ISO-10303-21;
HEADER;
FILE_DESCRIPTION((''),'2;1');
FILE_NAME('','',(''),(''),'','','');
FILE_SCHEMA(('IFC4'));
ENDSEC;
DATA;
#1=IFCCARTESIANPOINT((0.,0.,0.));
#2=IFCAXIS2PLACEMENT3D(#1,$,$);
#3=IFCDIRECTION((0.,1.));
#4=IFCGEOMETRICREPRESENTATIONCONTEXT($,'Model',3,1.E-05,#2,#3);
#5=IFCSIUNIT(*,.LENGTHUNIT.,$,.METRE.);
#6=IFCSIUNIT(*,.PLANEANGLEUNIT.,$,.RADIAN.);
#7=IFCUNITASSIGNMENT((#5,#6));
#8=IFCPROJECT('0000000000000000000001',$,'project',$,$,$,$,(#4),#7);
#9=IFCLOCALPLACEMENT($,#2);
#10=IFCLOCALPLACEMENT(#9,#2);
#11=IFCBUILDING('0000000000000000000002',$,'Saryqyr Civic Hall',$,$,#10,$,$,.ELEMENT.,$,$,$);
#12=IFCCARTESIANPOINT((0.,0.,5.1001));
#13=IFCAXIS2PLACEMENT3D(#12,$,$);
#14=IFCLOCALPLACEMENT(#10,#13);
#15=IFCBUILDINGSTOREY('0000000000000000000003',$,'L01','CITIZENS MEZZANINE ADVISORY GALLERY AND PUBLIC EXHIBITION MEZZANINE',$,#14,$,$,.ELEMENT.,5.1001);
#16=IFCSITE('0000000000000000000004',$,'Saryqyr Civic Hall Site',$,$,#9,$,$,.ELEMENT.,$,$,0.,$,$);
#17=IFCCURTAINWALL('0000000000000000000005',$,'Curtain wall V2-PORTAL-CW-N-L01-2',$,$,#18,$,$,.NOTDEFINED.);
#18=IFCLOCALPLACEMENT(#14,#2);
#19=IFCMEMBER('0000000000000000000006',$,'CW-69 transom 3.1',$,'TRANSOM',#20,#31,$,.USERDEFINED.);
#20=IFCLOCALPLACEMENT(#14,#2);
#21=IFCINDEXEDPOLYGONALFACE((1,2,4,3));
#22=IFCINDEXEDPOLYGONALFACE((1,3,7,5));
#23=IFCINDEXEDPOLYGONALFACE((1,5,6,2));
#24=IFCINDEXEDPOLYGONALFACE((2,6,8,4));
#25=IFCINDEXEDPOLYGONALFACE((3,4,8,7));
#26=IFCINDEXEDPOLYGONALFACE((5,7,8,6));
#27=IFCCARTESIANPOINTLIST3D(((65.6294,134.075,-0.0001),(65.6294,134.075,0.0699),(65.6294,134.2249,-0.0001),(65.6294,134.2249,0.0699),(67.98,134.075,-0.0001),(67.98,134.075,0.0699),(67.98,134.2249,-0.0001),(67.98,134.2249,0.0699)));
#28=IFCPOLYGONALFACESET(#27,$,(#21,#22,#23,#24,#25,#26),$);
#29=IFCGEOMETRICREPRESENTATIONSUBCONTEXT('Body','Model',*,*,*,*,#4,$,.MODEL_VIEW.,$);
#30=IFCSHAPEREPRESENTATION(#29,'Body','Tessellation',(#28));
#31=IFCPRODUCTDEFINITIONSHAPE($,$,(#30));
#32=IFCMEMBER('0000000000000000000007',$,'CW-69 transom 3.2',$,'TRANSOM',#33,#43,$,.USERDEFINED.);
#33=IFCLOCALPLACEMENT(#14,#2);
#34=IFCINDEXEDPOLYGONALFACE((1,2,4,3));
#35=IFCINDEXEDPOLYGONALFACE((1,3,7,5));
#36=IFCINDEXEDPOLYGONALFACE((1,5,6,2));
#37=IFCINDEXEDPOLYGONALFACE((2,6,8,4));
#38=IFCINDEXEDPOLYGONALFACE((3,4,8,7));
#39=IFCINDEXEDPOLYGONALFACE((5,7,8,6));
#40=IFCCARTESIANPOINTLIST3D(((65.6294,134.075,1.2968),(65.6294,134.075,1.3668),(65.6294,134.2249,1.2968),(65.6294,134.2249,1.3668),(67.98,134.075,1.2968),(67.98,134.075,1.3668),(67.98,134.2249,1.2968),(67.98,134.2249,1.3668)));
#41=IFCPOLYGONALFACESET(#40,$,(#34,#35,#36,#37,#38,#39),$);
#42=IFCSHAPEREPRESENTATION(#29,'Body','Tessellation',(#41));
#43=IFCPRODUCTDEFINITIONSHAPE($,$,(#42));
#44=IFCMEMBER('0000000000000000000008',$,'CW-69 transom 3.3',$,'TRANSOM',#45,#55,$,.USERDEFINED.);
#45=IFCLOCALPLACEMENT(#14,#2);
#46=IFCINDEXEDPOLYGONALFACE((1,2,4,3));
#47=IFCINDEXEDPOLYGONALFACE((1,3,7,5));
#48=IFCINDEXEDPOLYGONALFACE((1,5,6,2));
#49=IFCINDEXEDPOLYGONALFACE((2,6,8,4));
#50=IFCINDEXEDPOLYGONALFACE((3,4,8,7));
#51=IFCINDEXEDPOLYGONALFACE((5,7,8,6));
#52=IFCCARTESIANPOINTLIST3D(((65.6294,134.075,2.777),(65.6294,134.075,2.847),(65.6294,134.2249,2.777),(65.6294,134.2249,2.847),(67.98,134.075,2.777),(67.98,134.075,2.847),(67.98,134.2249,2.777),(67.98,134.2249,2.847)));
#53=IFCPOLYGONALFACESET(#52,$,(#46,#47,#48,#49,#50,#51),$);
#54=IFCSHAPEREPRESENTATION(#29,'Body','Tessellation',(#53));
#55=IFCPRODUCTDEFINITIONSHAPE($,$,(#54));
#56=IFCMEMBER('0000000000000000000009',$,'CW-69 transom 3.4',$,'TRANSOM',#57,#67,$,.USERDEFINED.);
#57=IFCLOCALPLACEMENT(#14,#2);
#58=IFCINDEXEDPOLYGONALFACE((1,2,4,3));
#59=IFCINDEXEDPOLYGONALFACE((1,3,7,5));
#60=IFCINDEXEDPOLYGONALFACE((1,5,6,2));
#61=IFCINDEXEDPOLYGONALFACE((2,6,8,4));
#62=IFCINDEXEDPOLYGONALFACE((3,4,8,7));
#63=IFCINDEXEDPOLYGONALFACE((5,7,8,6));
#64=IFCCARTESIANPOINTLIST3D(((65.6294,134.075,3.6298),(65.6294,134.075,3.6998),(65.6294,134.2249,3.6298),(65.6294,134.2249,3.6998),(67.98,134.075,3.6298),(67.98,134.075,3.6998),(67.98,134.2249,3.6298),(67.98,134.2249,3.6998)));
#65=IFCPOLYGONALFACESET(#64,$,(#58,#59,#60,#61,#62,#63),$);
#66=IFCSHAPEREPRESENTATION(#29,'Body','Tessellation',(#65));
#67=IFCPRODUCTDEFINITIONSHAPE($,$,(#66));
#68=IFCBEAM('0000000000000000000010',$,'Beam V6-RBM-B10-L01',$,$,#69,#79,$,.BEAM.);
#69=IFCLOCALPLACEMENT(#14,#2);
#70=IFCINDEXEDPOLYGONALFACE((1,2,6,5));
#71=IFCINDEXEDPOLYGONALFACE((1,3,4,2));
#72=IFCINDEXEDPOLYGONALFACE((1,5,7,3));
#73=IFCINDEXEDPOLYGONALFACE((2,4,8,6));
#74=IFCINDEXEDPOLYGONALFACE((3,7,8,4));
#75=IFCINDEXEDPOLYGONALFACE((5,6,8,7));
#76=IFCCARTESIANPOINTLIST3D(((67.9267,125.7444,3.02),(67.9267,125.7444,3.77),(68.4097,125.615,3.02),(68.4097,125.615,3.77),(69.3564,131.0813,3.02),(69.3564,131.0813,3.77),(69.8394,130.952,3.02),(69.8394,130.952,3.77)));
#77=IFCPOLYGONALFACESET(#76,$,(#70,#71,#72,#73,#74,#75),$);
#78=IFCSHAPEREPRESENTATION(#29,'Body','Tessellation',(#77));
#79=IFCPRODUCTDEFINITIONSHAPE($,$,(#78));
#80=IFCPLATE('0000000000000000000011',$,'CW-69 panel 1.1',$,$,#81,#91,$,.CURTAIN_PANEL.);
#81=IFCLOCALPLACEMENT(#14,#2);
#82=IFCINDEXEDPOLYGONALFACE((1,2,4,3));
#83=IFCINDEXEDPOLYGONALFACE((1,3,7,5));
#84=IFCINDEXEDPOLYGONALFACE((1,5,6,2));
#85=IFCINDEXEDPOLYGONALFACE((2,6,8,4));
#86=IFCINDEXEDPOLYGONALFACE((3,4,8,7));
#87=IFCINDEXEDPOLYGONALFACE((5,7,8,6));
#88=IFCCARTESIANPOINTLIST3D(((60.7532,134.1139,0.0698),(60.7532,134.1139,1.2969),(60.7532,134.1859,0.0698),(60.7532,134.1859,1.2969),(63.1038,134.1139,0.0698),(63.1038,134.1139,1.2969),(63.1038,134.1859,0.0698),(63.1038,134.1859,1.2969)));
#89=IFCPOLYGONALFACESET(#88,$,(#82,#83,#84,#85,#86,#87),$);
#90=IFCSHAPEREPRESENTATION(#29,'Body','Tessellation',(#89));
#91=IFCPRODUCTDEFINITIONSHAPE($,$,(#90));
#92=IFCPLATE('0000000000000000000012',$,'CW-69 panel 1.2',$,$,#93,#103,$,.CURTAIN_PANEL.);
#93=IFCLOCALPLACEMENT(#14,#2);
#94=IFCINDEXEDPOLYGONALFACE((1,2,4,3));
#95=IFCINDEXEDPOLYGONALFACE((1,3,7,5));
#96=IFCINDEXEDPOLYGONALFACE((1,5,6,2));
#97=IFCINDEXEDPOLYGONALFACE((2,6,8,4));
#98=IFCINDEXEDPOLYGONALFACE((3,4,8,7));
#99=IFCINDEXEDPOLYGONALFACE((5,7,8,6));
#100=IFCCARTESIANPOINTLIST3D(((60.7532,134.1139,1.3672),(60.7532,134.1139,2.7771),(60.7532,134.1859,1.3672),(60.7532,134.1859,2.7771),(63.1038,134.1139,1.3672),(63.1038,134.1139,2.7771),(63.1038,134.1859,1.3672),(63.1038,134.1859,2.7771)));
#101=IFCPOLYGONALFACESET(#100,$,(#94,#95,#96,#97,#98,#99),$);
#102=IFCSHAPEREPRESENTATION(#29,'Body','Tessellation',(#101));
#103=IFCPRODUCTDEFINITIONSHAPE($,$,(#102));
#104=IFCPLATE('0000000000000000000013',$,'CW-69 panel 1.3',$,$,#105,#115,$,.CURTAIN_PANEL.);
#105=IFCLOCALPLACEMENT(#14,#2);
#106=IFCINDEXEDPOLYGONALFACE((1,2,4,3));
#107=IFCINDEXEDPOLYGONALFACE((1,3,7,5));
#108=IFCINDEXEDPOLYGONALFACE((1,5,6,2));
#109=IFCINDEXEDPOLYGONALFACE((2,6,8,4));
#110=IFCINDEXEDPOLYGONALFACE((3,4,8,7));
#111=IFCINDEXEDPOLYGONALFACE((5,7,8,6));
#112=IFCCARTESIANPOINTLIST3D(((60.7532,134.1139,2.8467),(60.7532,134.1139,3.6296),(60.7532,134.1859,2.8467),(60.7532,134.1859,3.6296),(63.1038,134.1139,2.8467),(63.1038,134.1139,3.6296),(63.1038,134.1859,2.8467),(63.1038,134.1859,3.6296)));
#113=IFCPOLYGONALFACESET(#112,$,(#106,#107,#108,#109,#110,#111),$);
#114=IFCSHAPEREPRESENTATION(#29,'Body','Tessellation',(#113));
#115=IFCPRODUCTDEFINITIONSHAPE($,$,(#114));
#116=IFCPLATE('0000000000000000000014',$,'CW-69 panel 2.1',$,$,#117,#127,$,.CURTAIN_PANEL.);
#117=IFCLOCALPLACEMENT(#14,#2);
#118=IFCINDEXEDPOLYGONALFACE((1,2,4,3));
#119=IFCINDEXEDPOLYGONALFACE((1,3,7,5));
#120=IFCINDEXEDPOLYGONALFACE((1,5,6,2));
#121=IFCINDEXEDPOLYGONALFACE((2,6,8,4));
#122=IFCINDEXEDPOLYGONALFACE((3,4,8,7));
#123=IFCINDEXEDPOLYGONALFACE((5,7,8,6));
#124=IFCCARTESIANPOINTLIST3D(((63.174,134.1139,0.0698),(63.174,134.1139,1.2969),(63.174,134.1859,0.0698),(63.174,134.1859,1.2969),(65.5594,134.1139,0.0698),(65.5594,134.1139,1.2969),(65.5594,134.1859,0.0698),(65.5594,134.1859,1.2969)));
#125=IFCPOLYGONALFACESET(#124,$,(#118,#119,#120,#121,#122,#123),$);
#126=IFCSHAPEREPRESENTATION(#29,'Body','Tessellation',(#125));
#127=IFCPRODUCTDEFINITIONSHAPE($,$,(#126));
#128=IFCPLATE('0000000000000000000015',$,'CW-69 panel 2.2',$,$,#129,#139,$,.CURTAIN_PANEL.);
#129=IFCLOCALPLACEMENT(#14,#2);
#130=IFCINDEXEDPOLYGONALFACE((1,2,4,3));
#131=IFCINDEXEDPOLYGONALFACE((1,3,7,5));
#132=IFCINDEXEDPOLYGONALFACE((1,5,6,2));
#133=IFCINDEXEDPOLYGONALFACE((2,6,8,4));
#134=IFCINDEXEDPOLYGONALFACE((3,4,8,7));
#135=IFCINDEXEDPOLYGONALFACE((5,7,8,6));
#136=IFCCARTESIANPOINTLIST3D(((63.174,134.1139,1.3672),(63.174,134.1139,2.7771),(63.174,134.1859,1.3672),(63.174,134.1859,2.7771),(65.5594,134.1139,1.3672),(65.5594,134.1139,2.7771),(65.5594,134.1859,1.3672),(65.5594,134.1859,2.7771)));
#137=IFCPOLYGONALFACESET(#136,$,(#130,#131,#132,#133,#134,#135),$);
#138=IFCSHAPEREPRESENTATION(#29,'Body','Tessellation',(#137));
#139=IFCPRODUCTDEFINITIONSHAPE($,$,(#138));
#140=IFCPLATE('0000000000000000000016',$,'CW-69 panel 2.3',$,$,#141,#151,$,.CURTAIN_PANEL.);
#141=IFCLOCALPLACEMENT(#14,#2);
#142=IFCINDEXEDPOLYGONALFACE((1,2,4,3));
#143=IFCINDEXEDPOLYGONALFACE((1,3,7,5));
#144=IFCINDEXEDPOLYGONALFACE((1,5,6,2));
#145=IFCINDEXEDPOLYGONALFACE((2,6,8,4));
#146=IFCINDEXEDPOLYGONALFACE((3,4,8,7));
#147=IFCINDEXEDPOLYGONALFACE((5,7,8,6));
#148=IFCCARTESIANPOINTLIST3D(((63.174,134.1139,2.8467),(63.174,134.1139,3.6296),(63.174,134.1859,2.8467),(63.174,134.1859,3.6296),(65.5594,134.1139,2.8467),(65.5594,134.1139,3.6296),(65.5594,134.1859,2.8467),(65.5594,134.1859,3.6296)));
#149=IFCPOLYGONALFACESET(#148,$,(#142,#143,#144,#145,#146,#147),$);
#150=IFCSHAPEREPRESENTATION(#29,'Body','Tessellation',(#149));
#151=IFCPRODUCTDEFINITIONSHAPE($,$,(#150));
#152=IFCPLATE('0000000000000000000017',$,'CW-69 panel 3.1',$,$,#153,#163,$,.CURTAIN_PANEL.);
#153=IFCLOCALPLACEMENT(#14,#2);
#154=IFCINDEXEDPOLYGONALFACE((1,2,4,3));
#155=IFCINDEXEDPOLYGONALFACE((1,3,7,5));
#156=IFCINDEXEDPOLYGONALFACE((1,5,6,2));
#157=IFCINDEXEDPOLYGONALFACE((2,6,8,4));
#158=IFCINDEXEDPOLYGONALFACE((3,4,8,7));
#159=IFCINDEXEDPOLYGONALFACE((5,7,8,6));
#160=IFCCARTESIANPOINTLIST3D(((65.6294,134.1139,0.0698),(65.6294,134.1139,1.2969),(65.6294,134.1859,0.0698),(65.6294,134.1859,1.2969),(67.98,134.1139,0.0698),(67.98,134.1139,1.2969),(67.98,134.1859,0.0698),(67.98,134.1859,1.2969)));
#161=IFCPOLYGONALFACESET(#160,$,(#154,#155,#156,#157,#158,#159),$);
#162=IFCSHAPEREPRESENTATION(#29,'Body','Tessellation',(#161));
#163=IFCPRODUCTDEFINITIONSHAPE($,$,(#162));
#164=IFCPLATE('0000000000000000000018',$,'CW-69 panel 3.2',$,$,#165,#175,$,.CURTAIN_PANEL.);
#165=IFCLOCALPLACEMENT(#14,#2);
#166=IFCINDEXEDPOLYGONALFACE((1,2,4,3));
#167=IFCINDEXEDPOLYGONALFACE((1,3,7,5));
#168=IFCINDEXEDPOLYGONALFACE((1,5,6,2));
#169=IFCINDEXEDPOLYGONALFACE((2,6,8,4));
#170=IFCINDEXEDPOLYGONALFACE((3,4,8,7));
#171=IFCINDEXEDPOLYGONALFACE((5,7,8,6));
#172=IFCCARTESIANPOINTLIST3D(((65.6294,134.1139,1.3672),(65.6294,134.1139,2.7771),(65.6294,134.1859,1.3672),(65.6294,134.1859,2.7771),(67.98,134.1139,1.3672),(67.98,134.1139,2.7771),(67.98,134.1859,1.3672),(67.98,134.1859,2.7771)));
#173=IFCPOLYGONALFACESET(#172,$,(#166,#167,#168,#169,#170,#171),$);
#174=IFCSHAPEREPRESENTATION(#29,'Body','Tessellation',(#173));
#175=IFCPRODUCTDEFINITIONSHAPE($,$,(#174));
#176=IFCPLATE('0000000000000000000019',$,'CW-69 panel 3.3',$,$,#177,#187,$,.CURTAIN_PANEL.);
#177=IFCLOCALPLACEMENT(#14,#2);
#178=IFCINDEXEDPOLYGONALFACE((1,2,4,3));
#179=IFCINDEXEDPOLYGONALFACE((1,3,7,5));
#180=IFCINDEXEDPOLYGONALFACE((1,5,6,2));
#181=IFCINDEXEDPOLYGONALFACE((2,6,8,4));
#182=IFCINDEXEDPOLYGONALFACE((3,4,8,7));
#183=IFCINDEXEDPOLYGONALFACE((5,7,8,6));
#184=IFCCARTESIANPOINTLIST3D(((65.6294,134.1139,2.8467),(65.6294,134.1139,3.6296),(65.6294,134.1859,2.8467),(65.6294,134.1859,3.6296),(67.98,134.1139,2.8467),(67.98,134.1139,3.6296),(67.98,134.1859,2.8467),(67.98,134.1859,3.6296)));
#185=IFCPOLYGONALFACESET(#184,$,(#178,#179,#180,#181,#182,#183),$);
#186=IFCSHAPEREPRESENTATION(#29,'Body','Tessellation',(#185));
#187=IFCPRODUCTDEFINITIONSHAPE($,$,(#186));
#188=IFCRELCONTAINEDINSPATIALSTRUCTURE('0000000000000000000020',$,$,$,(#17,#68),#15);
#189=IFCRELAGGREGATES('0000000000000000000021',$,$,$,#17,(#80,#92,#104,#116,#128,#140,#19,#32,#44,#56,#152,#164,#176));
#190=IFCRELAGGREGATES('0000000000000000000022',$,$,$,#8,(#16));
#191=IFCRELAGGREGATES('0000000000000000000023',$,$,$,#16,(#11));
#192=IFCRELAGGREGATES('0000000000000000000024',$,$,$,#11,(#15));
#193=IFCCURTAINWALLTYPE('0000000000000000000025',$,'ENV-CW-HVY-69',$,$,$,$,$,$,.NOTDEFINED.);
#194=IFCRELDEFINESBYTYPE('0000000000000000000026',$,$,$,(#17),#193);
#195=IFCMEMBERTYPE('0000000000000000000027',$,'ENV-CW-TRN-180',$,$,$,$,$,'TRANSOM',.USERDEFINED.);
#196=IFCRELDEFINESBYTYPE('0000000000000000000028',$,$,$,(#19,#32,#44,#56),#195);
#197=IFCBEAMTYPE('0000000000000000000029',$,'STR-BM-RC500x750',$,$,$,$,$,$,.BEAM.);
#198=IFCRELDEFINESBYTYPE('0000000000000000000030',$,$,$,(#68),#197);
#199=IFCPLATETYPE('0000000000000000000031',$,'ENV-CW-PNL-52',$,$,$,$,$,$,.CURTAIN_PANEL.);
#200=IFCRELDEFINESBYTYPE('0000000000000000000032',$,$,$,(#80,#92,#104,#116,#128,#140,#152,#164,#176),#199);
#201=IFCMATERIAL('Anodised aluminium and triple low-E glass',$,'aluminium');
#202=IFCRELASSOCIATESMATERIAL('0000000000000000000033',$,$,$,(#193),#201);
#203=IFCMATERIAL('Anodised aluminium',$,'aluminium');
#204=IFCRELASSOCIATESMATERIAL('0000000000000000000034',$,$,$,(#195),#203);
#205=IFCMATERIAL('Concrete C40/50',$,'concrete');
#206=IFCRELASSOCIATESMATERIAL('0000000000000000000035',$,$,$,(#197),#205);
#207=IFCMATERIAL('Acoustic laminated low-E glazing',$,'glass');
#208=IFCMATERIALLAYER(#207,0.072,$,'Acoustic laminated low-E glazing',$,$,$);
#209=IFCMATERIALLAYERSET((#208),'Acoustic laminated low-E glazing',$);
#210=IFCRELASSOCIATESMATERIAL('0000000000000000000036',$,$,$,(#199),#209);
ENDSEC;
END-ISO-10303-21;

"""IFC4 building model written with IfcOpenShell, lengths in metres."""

from ifc_helpers import new_model, si_unit, direction, frame, origin, origin_2d, place, context, subcontext, project, spatial, rectangle, extrude, material, layer, layer_set, material_profile, profile_set, type_object, element, aggregate, save


model = new_model("IFC4")

# Units and contexts
model_context = context("Model", 3, precision=1e-05, world=origin(), true_north=direction((0.0, 1.0)))
body_context = subcontext(model_context, "Body", "Model", "MODEL_VIEW")
ifc_project = project(units=[si_unit("LENGTHUNIT", "METRE"), si_unit("PLANEANGLEUNIT", "RADIAN")], contexts=[model_context])

# Site, building, storey
site_placement = place(None, origin())
site = spatial("IfcSite", under=ifc_project, at=site_placement, Name="Saryqyr Civic Hall Site", CompositionType="ELEMENT", RefElevation=0.0)
building_placement = place(site_placement, origin())
building = spatial("IfcBuilding", under=site, at=building_placement, Name="Saryqyr Civic Hall", CompositionType="ELEMENT")
storey_placement = place(building_placement, frame((0.0, 0.0, 5.1001)))
storey = spatial("IfcBuildingStorey", under=building, at=storey_placement, Name="L01", Description="CITIZENS MEZZANINE ADVISORY GALLERY AND PUBLIC EXHIBITION MEZZANINE", CompositionType="ELEMENT", Elevation=5.1001)

# Shared definitions
ifc_material_1 = material(Name="Concrete C40/50", Category="concrete")

# Curtain wall, members
ifc_material_2 = material(Name="Anodised aluminium and triple low-E glass", Category="aluminium")
curtain_wall_type = type_object("IfcCurtainWallType", Name="ENV-CW-HVY-69", PredefinedType="NOTDEFINED", material=ifc_material_2)
curtain_wall_placement = place(storey_placement, origin())
curtain_wall = element("IfcCurtainWall", 1, at=curtain_wall_placement, inside=storey, type_object=curtain_wall_type, Name="Curtain wall V2-PORTAL-CW-N-L01-2", PredefinedType="NOTDEFINED")
ifc_material_3 = material(Name="Anodised aluminium", Category="aluminium")
ifc_material_profile_1 = material_profile(ifc_material_3, rectangle(XDim=0.1499, YDim=0.0701, at=origin_2d()), Name="ALU TRANSOM 150x70")
ifc_profile_set_1 = profile_set([ifc_material_profile_1], Name="Anodised aluminium")
member_type_1 = type_object("IfcMemberType", Name="ENV-CW-TRN-180", ElementType="TRANSOM", PredefinedType="USERDEFINED", material=ifc_profile_set_1)
member_1_placement = place(storey_placement, frame((65.6294, 134.1499, 0.0349), z_axis=(1.0, 0.0, 0.0), x_axis=(0.0, 1.0, 0.0)))
member_1 = element("IfcMember", 2, at=member_1_placement, type_object=member_type_1, Name="CW-69 transom 3.1", ObjectType="TRANSOM", PredefinedType="USERDEFINED", context=body_context, shape_type="SweptSolid", body=[
    extrude(rectangle(XDim=0.1499, YDim=0.0701, at=origin_2d()), origin(), (0.0, 0.0, 1.0), 2.3506),
])
member_2_placement = place(storey_placement, frame((65.6294, 134.1499, 1.3318), z_axis=(1.0, 0.0, 0.0), x_axis=(0.0, 1.0, 0.0)))
member_2 = element("IfcMember", 3, at=member_2_placement, type_object=member_type_1, Name="CW-69 transom 3.2", ObjectType="TRANSOM", PredefinedType="USERDEFINED", context=body_context, shape_type="SweptSolid", body=[
    extrude(rectangle(XDim=0.1499, YDim=0.0701, at=origin_2d()), origin(), (0.0, 0.0, 1.0), 2.3506),
])
member_3_placement = place(storey_placement, frame((65.6294, 134.1499, 2.812), z_axis=(1.0, 0.0, 0.0), x_axis=(0.0, 1.0, 0.0)))
member_3 = element("IfcMember", 4, at=member_3_placement, type_object=member_type_1, Name="CW-69 transom 3.3", ObjectType="TRANSOM", PredefinedType="USERDEFINED", context=body_context, shape_type="SweptSolid", body=[
    extrude(rectangle(XDim=0.1499, YDim=0.0701, at=origin_2d()), origin(), (0.0, 0.0, 1.0), 2.3506),
])
member_4_placement = place(storey_placement, frame((65.6294, 134.1499, 3.6648), z_axis=(1.0, 0.0, 0.0), x_axis=(0.0, 1.0, 0.0)))
member_4 = element("IfcMember", 5, at=member_4_placement, type_object=member_type_1, Name="CW-69 transom 3.4", ObjectType="TRANSOM", PredefinedType="USERDEFINED", context=body_context, shape_type="SweptSolid", body=[
    extrude(rectangle(XDim=0.1499, YDim=0.0701, at=origin_2d()), origin(), (0.0, 0.0, 1.0), 2.3506),
])

# Beam
ifc_material_profile_2 = material_profile(ifc_material_1, rectangle(XDim=0.5, YDim=0.75, at=origin_2d()), Name="RC 500x750")
ifc_profile_set_2 = profile_set([ifc_material_profile_2], Name="Concrete C40/50")
beam_type = type_object("IfcBeamType", Name="STR-BM-RC500x750", PredefinedType="BEAM", material=ifc_profile_set_2)
beam_placement = place(storey_placement, frame((68.1682, 125.6797, 3.395), z_axis=(0.258763, 0.965941, 0.0), x_axis=(-0.965941, 0.258763, 0.0)))
element("IfcBeam", 6, at=beam_placement, inside=storey, type_object=beam_type, Name="Beam V6-RBM-B10-L01", PredefinedType="BEAM", context=body_context, shape_type="SweptSolid", body=[
    extrude(rectangle(XDim=0.5, YDim=0.75, at=origin_2d()), origin(), (0.0, 0.0, 1.0), 5.5251),
])

# Plates
ifc_material_4 = material(Name="Acoustic laminated low-E glazing", Category="glass")
ifc_layer_1 = layer(ifc_material_4, 0.072, Name="Acoustic laminated low-E glazing")
ifc_layer_set_1 = layer_set([ifc_layer_1], Name="Acoustic laminated low-E glazing")
plate_type = type_object("IfcPlateType", Name="ENV-CW-PNL-52", PredefinedType="CURTAIN_PANEL", material=ifc_layer_set_1)
plate_1_placement = place(storey_placement, frame((61.9285, 134.1499, 0.0698), z_axis=(0.0, 0.0, 1.0), x_axis=(1.0, 0.0, 0.0)))
plate_1 = element("IfcPlate", 7, at=plate_1_placement, type_object=plate_type, Name="CW-69 panel 1.1", PredefinedType="CURTAIN_PANEL", context=body_context, shape_type="SweptSolid", body=[
    extrude(rectangle(XDim=2.3506, YDim=0.072, at=origin_2d()), origin(), (0.0, 0.0, 1.0), 1.2271),
])
plate_2_placement = place(storey_placement, frame((61.9285, 134.1499, 1.3672), z_axis=(0.0, 0.0, 1.0), x_axis=(1.0, 0.0, 0.0)))
plate_2 = element("IfcPlate", 8, at=plate_2_placement, type_object=plate_type, Name="CW-69 panel 1.2", PredefinedType="CURTAIN_PANEL", context=body_context, shape_type="SweptSolid", body=[
    extrude(rectangle(XDim=2.3506, YDim=0.072, at=origin_2d()), origin(), (0.0, 0.0, 1.0), 1.4099),
])
plate_3_placement = place(storey_placement, frame((61.9285, 134.1499, 2.8467), z_axis=(0.0, 0.0, 1.0), x_axis=(1.0, 0.0, 0.0)))
plate_3 = element("IfcPlate", 9, at=plate_3_placement, type_object=plate_type, Name="CW-69 panel 1.3", PredefinedType="CURTAIN_PANEL", context=body_context, shape_type="SweptSolid", body=[
    extrude(rectangle(XDim=2.3506, YDim=0.072, at=origin_2d()), origin(), (0.0, 0.0, 1.0), 0.783),
])
plate_4_placement = place(storey_placement, frame((64.3667, 134.1499, 0.0698), z_axis=(0.0, 0.0, 1.0), x_axis=(1.0, 0.0, 0.0)))
plate_4 = element("IfcPlate", 10, at=plate_4_placement, type_object=plate_type, Name="CW-69 panel 2.1", PredefinedType="CURTAIN_PANEL", context=body_context, shape_type="SweptSolid", body=[
    extrude(rectangle(XDim=2.3855, YDim=0.072, at=origin_2d()), origin(), (0.0, 0.0, 1.0), 1.2271),
])
plate_5_placement = place(storey_placement, frame((64.3667, 134.1499, 1.3672), z_axis=(0.0, 0.0, 1.0), x_axis=(1.0, 0.0, 0.0)))
plate_5 = element("IfcPlate", 11, at=plate_5_placement, type_object=plate_type, Name="CW-69 panel 2.2", PredefinedType="CURTAIN_PANEL", context=body_context, shape_type="SweptSolid", body=[
    extrude(rectangle(XDim=2.3855, YDim=0.072, at=origin_2d()), origin(), (0.0, 0.0, 1.0), 1.4099),
])
plate_6_placement = place(storey_placement, frame((64.3667, 134.1499, 2.8467), z_axis=(0.0, 0.0, 1.0), x_axis=(1.0, 0.0, 0.0)))
plate_6 = element("IfcPlate", 12, at=plate_6_placement, type_object=plate_type, Name="CW-69 panel 2.3", PredefinedType="CURTAIN_PANEL", context=body_context, shape_type="SweptSolid", body=[
    extrude(rectangle(XDim=2.3855, YDim=0.072, at=origin_2d()), origin(), (0.0, 0.0, 1.0), 0.783),
])
plate_7_placement = place(storey_placement, frame((66.8047, 134.1499, 0.0698), z_axis=(0.0, 0.0, 1.0), x_axis=(1.0, 0.0, 0.0)))
plate_7 = element("IfcPlate", 13, at=plate_7_placement, type_object=plate_type, Name="CW-69 panel 3.1", PredefinedType="CURTAIN_PANEL", context=body_context, shape_type="SweptSolid", body=[
    extrude(rectangle(XDim=2.3506, YDim=0.072, at=origin_2d()), origin(), (0.0, 0.0, 1.0), 1.2271),
])
plate_8_placement = place(storey_placement, frame((66.8047, 134.1499, 1.3672), z_axis=(0.0, 0.0, 1.0), x_axis=(1.0, 0.0, 0.0)))
plate_8 = element("IfcPlate", 14, at=plate_8_placement, type_object=plate_type, Name="CW-69 panel 3.2", PredefinedType="CURTAIN_PANEL", context=body_context, shape_type="SweptSolid", body=[
    extrude(rectangle(XDim=2.3506, YDim=0.072, at=origin_2d()), origin(), (0.0, 0.0, 1.0), 1.4099),
])
plate_9_placement = place(storey_placement, frame((66.8047, 134.1499, 2.8467), z_axis=(0.0, 0.0, 1.0), x_axis=(1.0, 0.0, 0.0)))
plate_9 = element("IfcPlate", 15, at=plate_9_placement, type_object=plate_type, Name="CW-69 panel 3.3", PredefinedType="CURTAIN_PANEL", context=body_context, shape_type="SweptSolid", body=[
    extrude(rectangle(XDim=2.3506, YDim=0.072, at=origin_2d()), origin(), (0.0, 0.0, 1.0), 0.783),
])
aggregate(curtain_wall, [plate_1, plate_2, plate_3, plate_4, plate_5, plate_6, member_1, member_2, member_3, member_4, plate_7, plate_8, plate_9])

save(model, "model.ifc")
